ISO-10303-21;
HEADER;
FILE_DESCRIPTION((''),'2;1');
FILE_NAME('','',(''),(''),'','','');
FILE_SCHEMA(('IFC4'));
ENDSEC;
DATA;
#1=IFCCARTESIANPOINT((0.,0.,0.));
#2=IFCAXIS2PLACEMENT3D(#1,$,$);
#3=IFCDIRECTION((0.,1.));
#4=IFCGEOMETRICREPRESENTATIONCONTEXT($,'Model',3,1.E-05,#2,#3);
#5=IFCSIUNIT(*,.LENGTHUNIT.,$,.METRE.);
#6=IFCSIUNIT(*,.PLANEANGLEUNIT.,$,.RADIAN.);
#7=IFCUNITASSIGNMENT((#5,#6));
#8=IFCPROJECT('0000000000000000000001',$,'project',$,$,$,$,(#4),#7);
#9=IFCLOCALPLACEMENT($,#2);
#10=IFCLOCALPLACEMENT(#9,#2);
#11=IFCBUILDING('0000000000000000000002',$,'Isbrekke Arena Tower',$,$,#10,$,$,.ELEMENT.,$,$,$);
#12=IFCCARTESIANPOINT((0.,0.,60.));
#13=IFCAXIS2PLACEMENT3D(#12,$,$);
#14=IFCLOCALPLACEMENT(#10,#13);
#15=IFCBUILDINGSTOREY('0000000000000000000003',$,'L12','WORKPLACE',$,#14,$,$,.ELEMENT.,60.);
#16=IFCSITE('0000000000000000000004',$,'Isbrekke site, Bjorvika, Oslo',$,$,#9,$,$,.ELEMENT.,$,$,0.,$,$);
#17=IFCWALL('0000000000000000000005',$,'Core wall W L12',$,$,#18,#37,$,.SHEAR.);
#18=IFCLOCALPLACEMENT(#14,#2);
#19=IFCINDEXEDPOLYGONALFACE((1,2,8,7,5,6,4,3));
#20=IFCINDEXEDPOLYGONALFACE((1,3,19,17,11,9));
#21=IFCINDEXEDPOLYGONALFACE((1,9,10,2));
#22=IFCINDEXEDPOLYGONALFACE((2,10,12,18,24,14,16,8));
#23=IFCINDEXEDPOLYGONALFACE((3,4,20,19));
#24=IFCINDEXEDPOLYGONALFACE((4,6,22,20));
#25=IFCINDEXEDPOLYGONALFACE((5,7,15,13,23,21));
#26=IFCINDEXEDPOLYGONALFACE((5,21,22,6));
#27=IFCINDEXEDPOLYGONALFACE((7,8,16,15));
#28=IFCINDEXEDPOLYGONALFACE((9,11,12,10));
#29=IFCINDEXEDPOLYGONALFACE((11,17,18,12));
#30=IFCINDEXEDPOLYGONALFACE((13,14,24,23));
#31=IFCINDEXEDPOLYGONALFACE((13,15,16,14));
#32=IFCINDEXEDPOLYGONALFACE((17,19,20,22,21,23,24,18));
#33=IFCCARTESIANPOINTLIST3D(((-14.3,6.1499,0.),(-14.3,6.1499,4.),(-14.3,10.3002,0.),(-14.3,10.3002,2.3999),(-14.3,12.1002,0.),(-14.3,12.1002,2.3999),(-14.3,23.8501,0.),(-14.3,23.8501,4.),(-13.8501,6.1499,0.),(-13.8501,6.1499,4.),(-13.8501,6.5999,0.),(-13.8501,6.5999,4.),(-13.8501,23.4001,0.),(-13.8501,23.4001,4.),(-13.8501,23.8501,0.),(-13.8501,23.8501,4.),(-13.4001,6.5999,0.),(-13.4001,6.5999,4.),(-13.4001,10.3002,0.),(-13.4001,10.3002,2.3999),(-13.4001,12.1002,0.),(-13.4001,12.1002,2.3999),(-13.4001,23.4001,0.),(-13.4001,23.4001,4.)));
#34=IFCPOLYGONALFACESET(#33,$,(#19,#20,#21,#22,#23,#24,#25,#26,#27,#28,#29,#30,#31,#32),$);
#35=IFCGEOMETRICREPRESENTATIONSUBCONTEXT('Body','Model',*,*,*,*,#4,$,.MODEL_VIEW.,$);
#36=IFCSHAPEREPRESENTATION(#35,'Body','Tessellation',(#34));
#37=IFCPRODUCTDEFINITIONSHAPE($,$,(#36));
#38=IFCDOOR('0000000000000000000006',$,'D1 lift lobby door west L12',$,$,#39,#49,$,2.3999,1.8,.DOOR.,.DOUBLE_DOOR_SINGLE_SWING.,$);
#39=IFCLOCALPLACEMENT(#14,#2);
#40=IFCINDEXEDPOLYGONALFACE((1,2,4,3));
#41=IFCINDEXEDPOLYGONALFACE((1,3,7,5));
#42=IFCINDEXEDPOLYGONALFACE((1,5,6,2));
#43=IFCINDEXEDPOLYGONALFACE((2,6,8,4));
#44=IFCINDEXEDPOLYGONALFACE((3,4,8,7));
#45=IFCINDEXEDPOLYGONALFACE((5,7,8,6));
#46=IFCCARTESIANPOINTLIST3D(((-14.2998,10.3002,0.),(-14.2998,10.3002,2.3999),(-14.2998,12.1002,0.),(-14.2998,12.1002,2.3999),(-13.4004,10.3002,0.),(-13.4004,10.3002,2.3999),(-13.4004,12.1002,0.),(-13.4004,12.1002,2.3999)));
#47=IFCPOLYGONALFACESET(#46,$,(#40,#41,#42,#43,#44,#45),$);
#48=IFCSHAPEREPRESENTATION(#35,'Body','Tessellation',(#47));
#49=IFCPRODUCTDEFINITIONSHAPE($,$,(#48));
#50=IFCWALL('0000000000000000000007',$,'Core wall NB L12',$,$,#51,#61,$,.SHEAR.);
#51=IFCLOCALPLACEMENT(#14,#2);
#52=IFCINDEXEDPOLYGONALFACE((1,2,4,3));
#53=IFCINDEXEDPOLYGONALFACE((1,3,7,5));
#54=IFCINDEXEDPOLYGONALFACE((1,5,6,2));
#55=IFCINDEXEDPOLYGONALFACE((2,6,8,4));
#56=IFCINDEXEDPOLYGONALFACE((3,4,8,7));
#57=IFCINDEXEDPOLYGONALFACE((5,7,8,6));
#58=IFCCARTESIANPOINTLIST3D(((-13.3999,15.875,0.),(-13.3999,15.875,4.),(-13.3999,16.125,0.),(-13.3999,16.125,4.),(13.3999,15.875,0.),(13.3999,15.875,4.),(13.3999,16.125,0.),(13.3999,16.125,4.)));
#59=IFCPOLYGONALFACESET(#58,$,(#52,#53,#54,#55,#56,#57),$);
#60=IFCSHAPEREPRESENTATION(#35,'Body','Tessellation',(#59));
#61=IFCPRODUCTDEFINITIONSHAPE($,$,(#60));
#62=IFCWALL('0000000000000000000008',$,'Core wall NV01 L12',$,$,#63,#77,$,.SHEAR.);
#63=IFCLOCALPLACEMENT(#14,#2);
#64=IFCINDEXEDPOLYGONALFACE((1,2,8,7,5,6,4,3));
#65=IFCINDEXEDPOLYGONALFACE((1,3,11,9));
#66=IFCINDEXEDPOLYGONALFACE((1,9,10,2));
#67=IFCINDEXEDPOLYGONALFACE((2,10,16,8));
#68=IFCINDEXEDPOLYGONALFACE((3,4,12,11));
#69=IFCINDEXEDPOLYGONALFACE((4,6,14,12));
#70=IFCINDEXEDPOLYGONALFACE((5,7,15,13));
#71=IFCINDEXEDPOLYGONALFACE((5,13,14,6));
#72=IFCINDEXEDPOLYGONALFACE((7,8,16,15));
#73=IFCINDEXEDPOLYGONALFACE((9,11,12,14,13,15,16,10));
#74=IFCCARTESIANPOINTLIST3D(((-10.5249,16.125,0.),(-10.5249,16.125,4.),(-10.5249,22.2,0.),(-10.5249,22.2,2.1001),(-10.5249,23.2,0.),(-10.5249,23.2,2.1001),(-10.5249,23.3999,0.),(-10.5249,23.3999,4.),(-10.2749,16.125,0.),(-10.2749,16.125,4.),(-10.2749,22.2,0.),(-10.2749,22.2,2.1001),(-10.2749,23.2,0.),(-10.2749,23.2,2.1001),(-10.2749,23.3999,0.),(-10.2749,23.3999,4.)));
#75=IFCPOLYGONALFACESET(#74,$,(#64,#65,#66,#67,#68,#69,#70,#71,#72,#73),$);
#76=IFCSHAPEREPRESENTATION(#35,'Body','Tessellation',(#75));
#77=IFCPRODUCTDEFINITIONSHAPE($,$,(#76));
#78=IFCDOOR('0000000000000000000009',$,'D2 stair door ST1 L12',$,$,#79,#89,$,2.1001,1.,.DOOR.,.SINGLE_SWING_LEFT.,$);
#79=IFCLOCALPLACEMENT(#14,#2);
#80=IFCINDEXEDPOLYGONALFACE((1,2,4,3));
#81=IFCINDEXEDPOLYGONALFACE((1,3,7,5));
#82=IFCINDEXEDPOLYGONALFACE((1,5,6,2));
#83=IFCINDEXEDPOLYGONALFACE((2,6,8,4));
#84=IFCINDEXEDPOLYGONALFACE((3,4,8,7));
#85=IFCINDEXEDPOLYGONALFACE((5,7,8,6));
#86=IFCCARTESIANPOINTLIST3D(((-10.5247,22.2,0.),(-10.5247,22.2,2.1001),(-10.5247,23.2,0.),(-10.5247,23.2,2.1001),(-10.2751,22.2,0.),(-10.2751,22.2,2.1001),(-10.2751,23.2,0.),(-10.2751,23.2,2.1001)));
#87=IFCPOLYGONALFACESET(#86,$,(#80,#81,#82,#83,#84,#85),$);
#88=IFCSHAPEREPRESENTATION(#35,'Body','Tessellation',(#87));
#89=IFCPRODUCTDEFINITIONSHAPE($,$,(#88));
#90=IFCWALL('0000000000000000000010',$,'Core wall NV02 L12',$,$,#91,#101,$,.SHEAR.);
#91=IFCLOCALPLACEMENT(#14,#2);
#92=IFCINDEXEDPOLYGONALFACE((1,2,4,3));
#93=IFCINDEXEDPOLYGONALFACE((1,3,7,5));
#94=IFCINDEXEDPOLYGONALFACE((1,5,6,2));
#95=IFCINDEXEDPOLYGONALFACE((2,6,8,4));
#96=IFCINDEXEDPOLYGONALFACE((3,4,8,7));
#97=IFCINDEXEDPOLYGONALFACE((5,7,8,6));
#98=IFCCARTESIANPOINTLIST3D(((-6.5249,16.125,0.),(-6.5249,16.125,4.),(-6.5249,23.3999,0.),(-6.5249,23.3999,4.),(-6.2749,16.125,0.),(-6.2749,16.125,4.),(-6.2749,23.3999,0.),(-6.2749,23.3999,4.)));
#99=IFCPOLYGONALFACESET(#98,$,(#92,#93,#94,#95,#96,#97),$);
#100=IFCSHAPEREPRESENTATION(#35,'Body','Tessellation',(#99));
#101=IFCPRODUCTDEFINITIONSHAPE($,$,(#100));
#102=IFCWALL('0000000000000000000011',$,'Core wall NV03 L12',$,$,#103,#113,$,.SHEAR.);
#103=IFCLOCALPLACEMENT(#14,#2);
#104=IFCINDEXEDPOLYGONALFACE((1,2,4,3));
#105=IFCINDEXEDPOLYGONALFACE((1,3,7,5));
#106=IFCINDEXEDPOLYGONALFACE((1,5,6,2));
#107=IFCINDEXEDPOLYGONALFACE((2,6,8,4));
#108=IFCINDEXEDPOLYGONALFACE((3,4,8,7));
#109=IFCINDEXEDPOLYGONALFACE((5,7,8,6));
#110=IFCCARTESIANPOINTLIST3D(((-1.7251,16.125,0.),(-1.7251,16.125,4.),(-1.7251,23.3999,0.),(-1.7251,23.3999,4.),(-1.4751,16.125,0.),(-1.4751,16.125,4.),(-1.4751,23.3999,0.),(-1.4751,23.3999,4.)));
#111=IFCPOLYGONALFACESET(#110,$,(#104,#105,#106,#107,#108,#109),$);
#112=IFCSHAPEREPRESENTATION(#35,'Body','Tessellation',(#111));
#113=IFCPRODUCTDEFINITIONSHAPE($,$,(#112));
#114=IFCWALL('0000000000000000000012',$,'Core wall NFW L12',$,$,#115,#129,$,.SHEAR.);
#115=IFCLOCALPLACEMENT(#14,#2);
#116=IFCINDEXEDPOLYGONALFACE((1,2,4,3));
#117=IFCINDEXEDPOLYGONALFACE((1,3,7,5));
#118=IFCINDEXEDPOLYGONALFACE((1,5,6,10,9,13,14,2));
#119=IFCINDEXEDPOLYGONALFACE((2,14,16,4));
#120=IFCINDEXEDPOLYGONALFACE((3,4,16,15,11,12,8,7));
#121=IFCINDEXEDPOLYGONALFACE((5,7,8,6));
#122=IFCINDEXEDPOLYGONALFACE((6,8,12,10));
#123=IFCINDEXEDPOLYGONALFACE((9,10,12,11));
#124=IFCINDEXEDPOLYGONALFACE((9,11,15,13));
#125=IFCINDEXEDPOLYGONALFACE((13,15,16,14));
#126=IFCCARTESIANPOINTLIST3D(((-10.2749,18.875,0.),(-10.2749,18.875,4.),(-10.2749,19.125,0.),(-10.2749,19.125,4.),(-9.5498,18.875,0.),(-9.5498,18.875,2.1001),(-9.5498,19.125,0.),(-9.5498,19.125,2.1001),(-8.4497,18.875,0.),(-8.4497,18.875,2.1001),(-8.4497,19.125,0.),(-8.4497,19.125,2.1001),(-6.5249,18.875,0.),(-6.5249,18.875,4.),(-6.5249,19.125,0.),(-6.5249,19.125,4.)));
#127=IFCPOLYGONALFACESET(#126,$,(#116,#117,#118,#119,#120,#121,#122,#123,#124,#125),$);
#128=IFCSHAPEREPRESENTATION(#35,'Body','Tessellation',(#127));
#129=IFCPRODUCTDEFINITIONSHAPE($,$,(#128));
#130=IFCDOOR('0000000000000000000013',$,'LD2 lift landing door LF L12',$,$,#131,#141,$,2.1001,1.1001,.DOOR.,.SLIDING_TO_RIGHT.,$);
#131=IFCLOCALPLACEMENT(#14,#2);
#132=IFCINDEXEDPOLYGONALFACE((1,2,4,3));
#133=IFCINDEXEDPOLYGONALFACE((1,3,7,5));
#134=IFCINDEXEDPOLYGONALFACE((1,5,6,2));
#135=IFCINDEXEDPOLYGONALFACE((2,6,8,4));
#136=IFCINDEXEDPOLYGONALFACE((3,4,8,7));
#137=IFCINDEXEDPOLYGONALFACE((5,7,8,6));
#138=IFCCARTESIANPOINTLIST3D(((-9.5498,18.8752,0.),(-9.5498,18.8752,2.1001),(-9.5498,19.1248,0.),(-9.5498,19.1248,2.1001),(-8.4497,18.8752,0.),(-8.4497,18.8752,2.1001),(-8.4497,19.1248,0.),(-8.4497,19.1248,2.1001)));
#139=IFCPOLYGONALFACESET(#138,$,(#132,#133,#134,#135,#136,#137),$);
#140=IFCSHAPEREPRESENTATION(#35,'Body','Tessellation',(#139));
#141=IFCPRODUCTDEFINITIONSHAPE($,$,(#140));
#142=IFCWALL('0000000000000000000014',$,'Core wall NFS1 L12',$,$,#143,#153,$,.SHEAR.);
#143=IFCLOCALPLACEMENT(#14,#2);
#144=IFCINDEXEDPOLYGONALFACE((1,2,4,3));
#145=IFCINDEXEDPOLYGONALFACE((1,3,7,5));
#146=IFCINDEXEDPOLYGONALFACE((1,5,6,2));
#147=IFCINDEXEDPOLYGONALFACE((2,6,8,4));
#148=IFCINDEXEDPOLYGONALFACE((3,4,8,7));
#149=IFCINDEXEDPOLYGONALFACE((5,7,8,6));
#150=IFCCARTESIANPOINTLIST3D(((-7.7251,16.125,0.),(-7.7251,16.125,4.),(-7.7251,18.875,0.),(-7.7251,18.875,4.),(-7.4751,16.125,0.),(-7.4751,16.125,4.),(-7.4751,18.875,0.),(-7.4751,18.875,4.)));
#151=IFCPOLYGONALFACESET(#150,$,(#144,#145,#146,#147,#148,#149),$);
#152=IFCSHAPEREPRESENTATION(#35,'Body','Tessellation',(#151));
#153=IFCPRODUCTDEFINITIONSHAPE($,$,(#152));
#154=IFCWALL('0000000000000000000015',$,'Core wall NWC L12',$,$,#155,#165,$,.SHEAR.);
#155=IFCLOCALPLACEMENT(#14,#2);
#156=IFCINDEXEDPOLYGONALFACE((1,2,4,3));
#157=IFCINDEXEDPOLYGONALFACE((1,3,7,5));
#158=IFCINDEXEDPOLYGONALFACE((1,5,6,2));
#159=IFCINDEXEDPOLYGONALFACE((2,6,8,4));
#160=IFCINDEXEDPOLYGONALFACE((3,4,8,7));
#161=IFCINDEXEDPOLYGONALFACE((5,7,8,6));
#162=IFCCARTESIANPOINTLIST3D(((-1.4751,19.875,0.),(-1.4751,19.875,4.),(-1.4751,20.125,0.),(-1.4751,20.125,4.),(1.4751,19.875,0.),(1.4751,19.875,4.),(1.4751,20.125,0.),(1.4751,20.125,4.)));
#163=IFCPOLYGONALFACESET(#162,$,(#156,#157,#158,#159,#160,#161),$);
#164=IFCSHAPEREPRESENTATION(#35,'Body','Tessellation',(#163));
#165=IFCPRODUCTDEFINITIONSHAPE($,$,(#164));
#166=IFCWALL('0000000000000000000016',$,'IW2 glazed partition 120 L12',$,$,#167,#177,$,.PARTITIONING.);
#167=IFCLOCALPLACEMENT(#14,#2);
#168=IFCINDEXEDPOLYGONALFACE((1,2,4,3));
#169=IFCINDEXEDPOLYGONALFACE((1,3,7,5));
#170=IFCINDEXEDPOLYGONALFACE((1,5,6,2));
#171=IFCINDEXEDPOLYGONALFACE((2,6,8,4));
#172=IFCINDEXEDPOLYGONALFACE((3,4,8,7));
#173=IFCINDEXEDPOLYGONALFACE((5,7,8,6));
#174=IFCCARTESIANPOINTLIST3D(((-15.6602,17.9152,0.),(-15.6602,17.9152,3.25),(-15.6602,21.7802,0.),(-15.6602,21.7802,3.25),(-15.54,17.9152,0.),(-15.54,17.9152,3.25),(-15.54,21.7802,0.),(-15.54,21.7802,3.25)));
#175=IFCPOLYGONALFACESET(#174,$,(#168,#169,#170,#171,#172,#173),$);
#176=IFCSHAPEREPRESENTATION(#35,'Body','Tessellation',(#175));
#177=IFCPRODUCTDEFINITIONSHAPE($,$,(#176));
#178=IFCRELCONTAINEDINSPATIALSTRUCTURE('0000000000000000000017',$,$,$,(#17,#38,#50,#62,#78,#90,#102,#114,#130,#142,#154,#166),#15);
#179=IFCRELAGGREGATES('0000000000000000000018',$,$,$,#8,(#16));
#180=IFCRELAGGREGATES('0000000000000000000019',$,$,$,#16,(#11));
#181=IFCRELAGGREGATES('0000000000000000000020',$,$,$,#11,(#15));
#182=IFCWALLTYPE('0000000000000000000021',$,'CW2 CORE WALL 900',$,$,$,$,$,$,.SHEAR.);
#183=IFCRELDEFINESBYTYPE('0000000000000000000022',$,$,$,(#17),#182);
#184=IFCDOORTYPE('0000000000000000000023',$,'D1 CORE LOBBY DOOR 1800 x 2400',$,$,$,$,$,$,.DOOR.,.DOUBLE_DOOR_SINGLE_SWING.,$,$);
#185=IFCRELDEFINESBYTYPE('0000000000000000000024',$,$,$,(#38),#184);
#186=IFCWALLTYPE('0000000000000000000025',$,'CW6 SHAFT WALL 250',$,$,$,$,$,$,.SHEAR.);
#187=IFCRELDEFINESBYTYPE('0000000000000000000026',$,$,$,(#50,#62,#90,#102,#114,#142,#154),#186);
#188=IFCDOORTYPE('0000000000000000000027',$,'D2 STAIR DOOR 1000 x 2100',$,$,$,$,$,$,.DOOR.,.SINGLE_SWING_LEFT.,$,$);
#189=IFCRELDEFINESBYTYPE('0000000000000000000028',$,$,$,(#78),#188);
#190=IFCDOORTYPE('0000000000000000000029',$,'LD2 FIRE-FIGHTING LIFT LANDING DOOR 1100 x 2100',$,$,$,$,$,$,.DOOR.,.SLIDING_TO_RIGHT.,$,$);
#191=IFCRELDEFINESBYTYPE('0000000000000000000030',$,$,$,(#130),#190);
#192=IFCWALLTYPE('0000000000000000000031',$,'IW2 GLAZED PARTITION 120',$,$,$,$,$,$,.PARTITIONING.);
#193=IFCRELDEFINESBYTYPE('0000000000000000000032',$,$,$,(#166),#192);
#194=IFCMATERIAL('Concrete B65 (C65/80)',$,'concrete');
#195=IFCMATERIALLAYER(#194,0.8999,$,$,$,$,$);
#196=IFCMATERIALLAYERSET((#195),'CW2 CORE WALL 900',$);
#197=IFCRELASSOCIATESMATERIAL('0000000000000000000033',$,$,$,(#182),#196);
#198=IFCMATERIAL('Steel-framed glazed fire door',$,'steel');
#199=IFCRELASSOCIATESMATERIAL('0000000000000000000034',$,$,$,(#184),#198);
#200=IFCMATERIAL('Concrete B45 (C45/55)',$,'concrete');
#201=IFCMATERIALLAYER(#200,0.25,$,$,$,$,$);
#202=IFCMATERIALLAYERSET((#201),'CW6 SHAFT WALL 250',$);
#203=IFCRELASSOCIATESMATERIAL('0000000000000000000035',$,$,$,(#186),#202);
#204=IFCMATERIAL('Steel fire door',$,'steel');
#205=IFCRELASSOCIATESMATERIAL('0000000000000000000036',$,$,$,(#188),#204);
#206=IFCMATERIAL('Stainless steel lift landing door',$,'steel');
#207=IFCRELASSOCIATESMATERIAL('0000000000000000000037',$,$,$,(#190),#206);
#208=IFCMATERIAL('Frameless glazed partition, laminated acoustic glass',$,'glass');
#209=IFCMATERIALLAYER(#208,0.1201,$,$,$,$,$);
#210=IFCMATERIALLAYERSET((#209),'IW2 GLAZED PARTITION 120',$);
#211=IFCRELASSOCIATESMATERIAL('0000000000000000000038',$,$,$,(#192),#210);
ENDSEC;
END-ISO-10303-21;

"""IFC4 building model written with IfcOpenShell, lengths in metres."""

from ifc_helpers import new_model, si_unit, direction, frame, frame_2d, origin, place, context, subcontext, project, spatial, polyline, rectangle, outline, extrude, material, layer, layer_set, type_object, element, fill, save


model = new_model("IFC4")

# Units and contexts
model_context = context("Model", 3, precision=1e-05, world=origin(), true_north=direction((0.0, 1.0)))
body_context = subcontext(model_context, "Body", "Model", "MODEL_VIEW")
ifc_project = project(units=[si_unit("LENGTHUNIT", "METRE"), si_unit("PLANEANGLEUNIT", "RADIAN")], contexts=[model_context])

# Site, building, storey
site_placement = place(None, origin())
site = spatial("IfcSite", under=ifc_project, at=site_placement, Name="Isbrekke site, Bjorvika, Oslo", CompositionType="ELEMENT", RefElevation=0.0)
building_placement = place(site_placement, origin())
building = spatial("IfcBuilding", under=site, at=building_placement, Name="Isbrekke Arena Tower", CompositionType="ELEMENT")
storey_placement = place(building_placement, frame((0.0, 0.0, 60.0)))
storey = spatial("IfcBuildingStorey", under=building, at=storey_placement, Name="L12", Description="WORKPLACE", CompositionType="ELEMENT", Elevation=60.0)

# Wall, opening, door
ifc_material_1 = material(Name="Concrete B65 (C65/80)", Category="concrete")
ifc_layer_1 = layer(ifc_material_1, 0.8999)
ifc_layer_set_1 = layer_set([ifc_layer_1], Name="CW2 CORE WALL 900")
wall_type_1 = type_object("IfcWallType", Name="CW2 CORE WALL 900", PredefinedType="SHEAR", material=ifc_layer_set_1)
wall_1_placement = place(storey_placement, frame((-13.8501, 23.8501, 0.0), z_axis=(0.0, 0.0, 1.0), x_axis=(0.0, -1.0, 0.0)))
wall_1 = element("IfcWall", 1, at=wall_1_placement, inside=storey, type_object=wall_type_1, Name="Core wall W L12", PredefinedType="SHEAR", context=body_context, shape_type="SweptSolid", body=[
    extrude(outline(polyline([(0.0, -0.45), (17.7002, -0.45), (17.7002, 0.0), (17.2502, 0.0), (17.2502, 0.45), (0.45, 0.45), (0.45, 0.0), (0.0, 0.0), (0.0, -0.45)])), origin(), (0.0, 0.0, 1.0), 4.0),
])
opening_1_placement = place(wall_1_placement, frame((11.75, 0.0, 0.0)))
opening_1 = element("IfcOpeningElement", 2, at=opening_1_placement, cuts=wall_1, PredefinedType="OPENING", context=body_context, shape_type="SweptSolid", body=[
    extrude(rectangle(XDim=1.8, YDim=2.3999, at=frame_2d((0.8999, 1.2))), frame((0.0, 0.4648, 0.0), z_axis=(0.0, -1.0, 0.0), x_axis=(1.0, 0.0, 0.0)), (0.0, 0.0, 1.0), 0.9297),
])
ifc_material_2 = material(Name="Steel-framed glazed fire door", Category="steel")
door_type_1 = type_object("IfcDoorType", Name="D1 CORE LOBBY DOOR 1800 x 2400", OperationType="DOUBLE_DOOR_SINGLE_SWING", PredefinedType="DOOR", material=ifc_material_2)
door_1_placement = place(opening_1_placement, origin())
door_1 = element("IfcDoor", 3, at=door_1_placement, inside=storey, type_object=door_type_1, Name="D1 lift lobby door west L12", OperationType="DOUBLE_DOOR_SINGLE_SWING", OverallHeight=2.3999, OverallWidth=1.8, PredefinedType="DOOR", context=body_context, shape_type="SweptSolid", body=[
    extrude(rectangle(XDim=1.8, YDim=2.3999, at=frame_2d((0.8999, 1.2))), frame((0.0, 0.4497, 0.0), z_axis=(0.0, -1.0, 0.0), x_axis=(1.0, 0.0, 0.0)), (0.0, 0.0, 1.0), 0.8994),
])
fill(opening_1, door_1)

# Wall
ifc_material_3 = material(Name="Concrete B45 (C45/55)", Category="concrete")
ifc_layer_2 = layer(ifc_material_3, 0.25)
ifc_layer_set_2 = layer_set([ifc_layer_2], Name="CW6 SHAFT WALL 250")
wall_type_2 = type_object("IfcWallType", Name="CW6 SHAFT WALL 250", PredefinedType="SHEAR", material=ifc_layer_set_2)
wall_2_placement = place(storey_placement, frame((-13.3999, 16.0, 0.0), z_axis=(0.0, 0.0, 1.0), x_axis=(1.0, 0.0, 0.0)))
element("IfcWall", 4, at=wall_2_placement, inside=storey, type_object=wall_type_2, Name="Core wall NB L12", PredefinedType="SHEAR", context=body_context, shape_type="SweptSolid", body=[
    extrude(rectangle(XDim=26.7998, YDim=0.25, at=frame_2d((13.3999, 0.0))), origin(), (0.0, 0.0, 1.0), 4.0),
])

# Wall, opening, door
wall_3_placement = place(storey_placement, frame((-10.3999, 16.125, 0.0), z_axis=(0.0, 0.0, 1.0), x_axis=(0.0, 1.0, 0.0)))
wall_3 = element("IfcWall", 5, at=wall_3_placement, inside=storey, type_object=wall_type_2, Name="Core wall NV01 L12", PredefinedType="SHEAR", context=body_context, shape_type="SweptSolid", body=[
    extrude(rectangle(XDim=7.2749, YDim=0.25, at=frame_2d((3.6375, 0.0))), origin(), (0.0, 0.0, 1.0), 4.0),
])
opening_2_placement = place(wall_3_placement, frame((6.075, 0.0, 0.0)))
opening_2 = element("IfcOpeningElement", 6, at=opening_2_placement, cuts=wall_3, PredefinedType="OPENING", context=body_context, shape_type="SweptSolid", body=[
    extrude(rectangle(XDim=1.0, YDim=2.1001, at=frame_2d((0.5, 1.05))), frame((0.0, 0.1399, 0.0), z_axis=(0.0, -1.0, 0.0), x_axis=(1.0, 0.0, 0.0)), (0.0, 0.0, 1.0), 0.2798),
])
ifc_material_4 = material(Name="Steel fire door", Category="steel")
door_type_2 = type_object("IfcDoorType", Name="D2 STAIR DOOR 1000 x 2100", OperationType="SINGLE_SWING_LEFT", PredefinedType="DOOR", material=ifc_material_4)
door_2_placement = place(opening_2_placement, origin())
door_2 = element("IfcDoor", 7, at=door_2_placement, inside=storey, type_object=door_type_2, Name="D2 stair door ST1 L12", OperationType="SINGLE_SWING_LEFT", OverallHeight=2.1001, OverallWidth=1.0, PredefinedType="DOOR", context=body_context, shape_type="SweptSolid", body=[
    extrude(rectangle(XDim=1.0, YDim=2.1001, at=frame_2d((0.5, 1.05))), frame((0.0, 0.1248, 0.0), z_axis=(0.0, -1.0, 0.0), x_axis=(1.0, 0.0, 0.0)), (0.0, 0.0, 1.0), 0.2495),
])
fill(opening_2, door_2)

# Walls
for number, where, z_axis, x_axis, name in (
    (8, (-6.3999, 16.125, 0.0), (0.0, 0.0, 1.0), (0.0, 1.0, 0.0), "Core wall NV02 L12"),
    (9, (-1.6001, 16.125, 0.0), (0.0, 0.0, 1.0), (0.0, 1.0, 0.0), "Core wall NV03 L12"),
):
    element("IfcWall", number, at=place(storey_placement, frame(where, z_axis=z_axis, x_axis=x_axis)), inside=storey, type_object=wall_type_2, Name=name, PredefinedType="SHEAR", context=body_context, shape_type="SweptSolid", body=[
        extrude(rectangle(XDim=7.2749, YDim=0.25, at=frame_2d((3.6375, 0.0))), origin(), (0.0, 0.0, 1.0), 4.0),
    ])

# Wall, opening, door
wall_4_placement = place(storey_placement, frame((-10.2749, 19.0, 0.0), z_axis=(0.0, 0.0, 1.0), x_axis=(1.0, 0.0, 0.0)))
wall_4 = element("IfcWall", 10, at=wall_4_placement, inside=storey, type_object=wall_type_2, Name="Core wall NFW L12", PredefinedType="SHEAR", context=body_context, shape_type="SweptSolid", body=[
    extrude(rectangle(XDim=3.75, YDim=0.25, at=frame_2d((1.875, 0.0))), origin(), (0.0, 0.0, 1.0), 4.0),
])
opening_3_placement = place(wall_4_placement, frame((0.7251, 0.0, 0.0)))
opening_3 = element("IfcOpeningElement", 11, at=opening_3_placement, cuts=wall_4, PredefinedType="OPENING", context=body_context, shape_type="SweptSolid", body=[
    extrude(rectangle(XDim=1.1001, YDim=2.1001, at=frame_2d((0.55, 1.05))), frame((0.0, 0.1399, 0.0), z_axis=(0.0, -1.0, 0.0), x_axis=(1.0, 0.0, 0.0)), (0.0, 0.0, 1.0), 0.2798),
])
ifc_material_5 = material(Name="Stainless steel lift landing door", Category="steel")
door_type_3 = type_object("IfcDoorType", Name="LD2 FIRE-FIGHTING LIFT LANDING DOOR 1100 x 2100", OperationType="SLIDING_TO_RIGHT", PredefinedType="DOOR", material=ifc_material_5)
door_3_placement = place(opening_3_placement, origin())
door_3 = element("IfcDoor", 12, at=door_3_placement, inside=storey, type_object=door_type_3, Name="LD2 lift landing door LF L12", OperationType="SLIDING_TO_RIGHT", OverallHeight=2.1001, OverallWidth=1.1001, PredefinedType="DOOR", context=body_context, shape_type="SweptSolid", body=[
    extrude(rectangle(XDim=1.1001, YDim=2.1001, at=frame_2d((0.55, 1.05))), frame((0.0, 0.1248, 0.0), z_axis=(0.0, -1.0, 0.0), x_axis=(1.0, 0.0, 0.0)), (0.0, 0.0, 1.0), 0.2495),
])
fill(opening_3, door_3)

# Walls
wall_5_placement = place(storey_placement, frame((-7.6001, 16.125, 0.0), z_axis=(0.0, 0.0, 1.0), x_axis=(0.0, 1.0, 0.0)))
element("IfcWall", 13, at=wall_5_placement, inside=storey, type_object=wall_type_2, Name="Core wall NFS1 L12", PredefinedType="SHEAR", context=body_context, shape_type="SweptSolid", body=[
    extrude(rectangle(XDim=2.75, YDim=0.25, at=frame_2d((1.375, 0.0))), origin(), (0.0, 0.0, 1.0), 4.0),
])
wall_6_placement = place(storey_placement, frame((-1.4751, 20.0, 0.0), z_axis=(0.0, 0.0, 1.0), x_axis=(1.0, 0.0, 0.0)))
element("IfcWall", 14, at=wall_6_placement, inside=storey, type_object=wall_type_2, Name="Core wall NWC L12", PredefinedType="SHEAR", context=body_context, shape_type="SweptSolid", body=[
    extrude(rectangle(XDim=2.9502, YDim=0.25, at=frame_2d((1.4751, 0.0))), origin(), (0.0, 0.0, 1.0), 4.0),
])
ifc_material_6 = material(Name="Frameless glazed partition, laminated acoustic glass", Category="glass")
ifc_layer_3 = layer(ifc_material_6, 0.1201)
ifc_layer_set_3 = layer_set([ifc_layer_3], Name="IW2 GLAZED PARTITION 120")
wall_type_3 = type_object("IfcWallType", Name="IW2 GLAZED PARTITION 120", PredefinedType="PARTITIONING", material=ifc_layer_set_3)
wall_7_placement = place(storey_placement, frame((-15.6001, 17.915, 0.0), z_axis=(0.0, 0.0, 1.0), x_axis=(0.0, 1.0, 0.0)))
element("IfcWall", 15, at=wall_7_placement, inside=storey, type_object=wall_type_3, Name="IW2 glazed partition 120 L12", PredefinedType="PARTITIONING", context=body_context, shape_type="SweptSolid", body=[
    extrude(rectangle(XDim=3.865, YDim=0.1201, at=frame_2d((1.9326, 0.0))), origin(), (0.0, 0.0, 1.0), 3.25),
])

save(model, "model.ifc")
